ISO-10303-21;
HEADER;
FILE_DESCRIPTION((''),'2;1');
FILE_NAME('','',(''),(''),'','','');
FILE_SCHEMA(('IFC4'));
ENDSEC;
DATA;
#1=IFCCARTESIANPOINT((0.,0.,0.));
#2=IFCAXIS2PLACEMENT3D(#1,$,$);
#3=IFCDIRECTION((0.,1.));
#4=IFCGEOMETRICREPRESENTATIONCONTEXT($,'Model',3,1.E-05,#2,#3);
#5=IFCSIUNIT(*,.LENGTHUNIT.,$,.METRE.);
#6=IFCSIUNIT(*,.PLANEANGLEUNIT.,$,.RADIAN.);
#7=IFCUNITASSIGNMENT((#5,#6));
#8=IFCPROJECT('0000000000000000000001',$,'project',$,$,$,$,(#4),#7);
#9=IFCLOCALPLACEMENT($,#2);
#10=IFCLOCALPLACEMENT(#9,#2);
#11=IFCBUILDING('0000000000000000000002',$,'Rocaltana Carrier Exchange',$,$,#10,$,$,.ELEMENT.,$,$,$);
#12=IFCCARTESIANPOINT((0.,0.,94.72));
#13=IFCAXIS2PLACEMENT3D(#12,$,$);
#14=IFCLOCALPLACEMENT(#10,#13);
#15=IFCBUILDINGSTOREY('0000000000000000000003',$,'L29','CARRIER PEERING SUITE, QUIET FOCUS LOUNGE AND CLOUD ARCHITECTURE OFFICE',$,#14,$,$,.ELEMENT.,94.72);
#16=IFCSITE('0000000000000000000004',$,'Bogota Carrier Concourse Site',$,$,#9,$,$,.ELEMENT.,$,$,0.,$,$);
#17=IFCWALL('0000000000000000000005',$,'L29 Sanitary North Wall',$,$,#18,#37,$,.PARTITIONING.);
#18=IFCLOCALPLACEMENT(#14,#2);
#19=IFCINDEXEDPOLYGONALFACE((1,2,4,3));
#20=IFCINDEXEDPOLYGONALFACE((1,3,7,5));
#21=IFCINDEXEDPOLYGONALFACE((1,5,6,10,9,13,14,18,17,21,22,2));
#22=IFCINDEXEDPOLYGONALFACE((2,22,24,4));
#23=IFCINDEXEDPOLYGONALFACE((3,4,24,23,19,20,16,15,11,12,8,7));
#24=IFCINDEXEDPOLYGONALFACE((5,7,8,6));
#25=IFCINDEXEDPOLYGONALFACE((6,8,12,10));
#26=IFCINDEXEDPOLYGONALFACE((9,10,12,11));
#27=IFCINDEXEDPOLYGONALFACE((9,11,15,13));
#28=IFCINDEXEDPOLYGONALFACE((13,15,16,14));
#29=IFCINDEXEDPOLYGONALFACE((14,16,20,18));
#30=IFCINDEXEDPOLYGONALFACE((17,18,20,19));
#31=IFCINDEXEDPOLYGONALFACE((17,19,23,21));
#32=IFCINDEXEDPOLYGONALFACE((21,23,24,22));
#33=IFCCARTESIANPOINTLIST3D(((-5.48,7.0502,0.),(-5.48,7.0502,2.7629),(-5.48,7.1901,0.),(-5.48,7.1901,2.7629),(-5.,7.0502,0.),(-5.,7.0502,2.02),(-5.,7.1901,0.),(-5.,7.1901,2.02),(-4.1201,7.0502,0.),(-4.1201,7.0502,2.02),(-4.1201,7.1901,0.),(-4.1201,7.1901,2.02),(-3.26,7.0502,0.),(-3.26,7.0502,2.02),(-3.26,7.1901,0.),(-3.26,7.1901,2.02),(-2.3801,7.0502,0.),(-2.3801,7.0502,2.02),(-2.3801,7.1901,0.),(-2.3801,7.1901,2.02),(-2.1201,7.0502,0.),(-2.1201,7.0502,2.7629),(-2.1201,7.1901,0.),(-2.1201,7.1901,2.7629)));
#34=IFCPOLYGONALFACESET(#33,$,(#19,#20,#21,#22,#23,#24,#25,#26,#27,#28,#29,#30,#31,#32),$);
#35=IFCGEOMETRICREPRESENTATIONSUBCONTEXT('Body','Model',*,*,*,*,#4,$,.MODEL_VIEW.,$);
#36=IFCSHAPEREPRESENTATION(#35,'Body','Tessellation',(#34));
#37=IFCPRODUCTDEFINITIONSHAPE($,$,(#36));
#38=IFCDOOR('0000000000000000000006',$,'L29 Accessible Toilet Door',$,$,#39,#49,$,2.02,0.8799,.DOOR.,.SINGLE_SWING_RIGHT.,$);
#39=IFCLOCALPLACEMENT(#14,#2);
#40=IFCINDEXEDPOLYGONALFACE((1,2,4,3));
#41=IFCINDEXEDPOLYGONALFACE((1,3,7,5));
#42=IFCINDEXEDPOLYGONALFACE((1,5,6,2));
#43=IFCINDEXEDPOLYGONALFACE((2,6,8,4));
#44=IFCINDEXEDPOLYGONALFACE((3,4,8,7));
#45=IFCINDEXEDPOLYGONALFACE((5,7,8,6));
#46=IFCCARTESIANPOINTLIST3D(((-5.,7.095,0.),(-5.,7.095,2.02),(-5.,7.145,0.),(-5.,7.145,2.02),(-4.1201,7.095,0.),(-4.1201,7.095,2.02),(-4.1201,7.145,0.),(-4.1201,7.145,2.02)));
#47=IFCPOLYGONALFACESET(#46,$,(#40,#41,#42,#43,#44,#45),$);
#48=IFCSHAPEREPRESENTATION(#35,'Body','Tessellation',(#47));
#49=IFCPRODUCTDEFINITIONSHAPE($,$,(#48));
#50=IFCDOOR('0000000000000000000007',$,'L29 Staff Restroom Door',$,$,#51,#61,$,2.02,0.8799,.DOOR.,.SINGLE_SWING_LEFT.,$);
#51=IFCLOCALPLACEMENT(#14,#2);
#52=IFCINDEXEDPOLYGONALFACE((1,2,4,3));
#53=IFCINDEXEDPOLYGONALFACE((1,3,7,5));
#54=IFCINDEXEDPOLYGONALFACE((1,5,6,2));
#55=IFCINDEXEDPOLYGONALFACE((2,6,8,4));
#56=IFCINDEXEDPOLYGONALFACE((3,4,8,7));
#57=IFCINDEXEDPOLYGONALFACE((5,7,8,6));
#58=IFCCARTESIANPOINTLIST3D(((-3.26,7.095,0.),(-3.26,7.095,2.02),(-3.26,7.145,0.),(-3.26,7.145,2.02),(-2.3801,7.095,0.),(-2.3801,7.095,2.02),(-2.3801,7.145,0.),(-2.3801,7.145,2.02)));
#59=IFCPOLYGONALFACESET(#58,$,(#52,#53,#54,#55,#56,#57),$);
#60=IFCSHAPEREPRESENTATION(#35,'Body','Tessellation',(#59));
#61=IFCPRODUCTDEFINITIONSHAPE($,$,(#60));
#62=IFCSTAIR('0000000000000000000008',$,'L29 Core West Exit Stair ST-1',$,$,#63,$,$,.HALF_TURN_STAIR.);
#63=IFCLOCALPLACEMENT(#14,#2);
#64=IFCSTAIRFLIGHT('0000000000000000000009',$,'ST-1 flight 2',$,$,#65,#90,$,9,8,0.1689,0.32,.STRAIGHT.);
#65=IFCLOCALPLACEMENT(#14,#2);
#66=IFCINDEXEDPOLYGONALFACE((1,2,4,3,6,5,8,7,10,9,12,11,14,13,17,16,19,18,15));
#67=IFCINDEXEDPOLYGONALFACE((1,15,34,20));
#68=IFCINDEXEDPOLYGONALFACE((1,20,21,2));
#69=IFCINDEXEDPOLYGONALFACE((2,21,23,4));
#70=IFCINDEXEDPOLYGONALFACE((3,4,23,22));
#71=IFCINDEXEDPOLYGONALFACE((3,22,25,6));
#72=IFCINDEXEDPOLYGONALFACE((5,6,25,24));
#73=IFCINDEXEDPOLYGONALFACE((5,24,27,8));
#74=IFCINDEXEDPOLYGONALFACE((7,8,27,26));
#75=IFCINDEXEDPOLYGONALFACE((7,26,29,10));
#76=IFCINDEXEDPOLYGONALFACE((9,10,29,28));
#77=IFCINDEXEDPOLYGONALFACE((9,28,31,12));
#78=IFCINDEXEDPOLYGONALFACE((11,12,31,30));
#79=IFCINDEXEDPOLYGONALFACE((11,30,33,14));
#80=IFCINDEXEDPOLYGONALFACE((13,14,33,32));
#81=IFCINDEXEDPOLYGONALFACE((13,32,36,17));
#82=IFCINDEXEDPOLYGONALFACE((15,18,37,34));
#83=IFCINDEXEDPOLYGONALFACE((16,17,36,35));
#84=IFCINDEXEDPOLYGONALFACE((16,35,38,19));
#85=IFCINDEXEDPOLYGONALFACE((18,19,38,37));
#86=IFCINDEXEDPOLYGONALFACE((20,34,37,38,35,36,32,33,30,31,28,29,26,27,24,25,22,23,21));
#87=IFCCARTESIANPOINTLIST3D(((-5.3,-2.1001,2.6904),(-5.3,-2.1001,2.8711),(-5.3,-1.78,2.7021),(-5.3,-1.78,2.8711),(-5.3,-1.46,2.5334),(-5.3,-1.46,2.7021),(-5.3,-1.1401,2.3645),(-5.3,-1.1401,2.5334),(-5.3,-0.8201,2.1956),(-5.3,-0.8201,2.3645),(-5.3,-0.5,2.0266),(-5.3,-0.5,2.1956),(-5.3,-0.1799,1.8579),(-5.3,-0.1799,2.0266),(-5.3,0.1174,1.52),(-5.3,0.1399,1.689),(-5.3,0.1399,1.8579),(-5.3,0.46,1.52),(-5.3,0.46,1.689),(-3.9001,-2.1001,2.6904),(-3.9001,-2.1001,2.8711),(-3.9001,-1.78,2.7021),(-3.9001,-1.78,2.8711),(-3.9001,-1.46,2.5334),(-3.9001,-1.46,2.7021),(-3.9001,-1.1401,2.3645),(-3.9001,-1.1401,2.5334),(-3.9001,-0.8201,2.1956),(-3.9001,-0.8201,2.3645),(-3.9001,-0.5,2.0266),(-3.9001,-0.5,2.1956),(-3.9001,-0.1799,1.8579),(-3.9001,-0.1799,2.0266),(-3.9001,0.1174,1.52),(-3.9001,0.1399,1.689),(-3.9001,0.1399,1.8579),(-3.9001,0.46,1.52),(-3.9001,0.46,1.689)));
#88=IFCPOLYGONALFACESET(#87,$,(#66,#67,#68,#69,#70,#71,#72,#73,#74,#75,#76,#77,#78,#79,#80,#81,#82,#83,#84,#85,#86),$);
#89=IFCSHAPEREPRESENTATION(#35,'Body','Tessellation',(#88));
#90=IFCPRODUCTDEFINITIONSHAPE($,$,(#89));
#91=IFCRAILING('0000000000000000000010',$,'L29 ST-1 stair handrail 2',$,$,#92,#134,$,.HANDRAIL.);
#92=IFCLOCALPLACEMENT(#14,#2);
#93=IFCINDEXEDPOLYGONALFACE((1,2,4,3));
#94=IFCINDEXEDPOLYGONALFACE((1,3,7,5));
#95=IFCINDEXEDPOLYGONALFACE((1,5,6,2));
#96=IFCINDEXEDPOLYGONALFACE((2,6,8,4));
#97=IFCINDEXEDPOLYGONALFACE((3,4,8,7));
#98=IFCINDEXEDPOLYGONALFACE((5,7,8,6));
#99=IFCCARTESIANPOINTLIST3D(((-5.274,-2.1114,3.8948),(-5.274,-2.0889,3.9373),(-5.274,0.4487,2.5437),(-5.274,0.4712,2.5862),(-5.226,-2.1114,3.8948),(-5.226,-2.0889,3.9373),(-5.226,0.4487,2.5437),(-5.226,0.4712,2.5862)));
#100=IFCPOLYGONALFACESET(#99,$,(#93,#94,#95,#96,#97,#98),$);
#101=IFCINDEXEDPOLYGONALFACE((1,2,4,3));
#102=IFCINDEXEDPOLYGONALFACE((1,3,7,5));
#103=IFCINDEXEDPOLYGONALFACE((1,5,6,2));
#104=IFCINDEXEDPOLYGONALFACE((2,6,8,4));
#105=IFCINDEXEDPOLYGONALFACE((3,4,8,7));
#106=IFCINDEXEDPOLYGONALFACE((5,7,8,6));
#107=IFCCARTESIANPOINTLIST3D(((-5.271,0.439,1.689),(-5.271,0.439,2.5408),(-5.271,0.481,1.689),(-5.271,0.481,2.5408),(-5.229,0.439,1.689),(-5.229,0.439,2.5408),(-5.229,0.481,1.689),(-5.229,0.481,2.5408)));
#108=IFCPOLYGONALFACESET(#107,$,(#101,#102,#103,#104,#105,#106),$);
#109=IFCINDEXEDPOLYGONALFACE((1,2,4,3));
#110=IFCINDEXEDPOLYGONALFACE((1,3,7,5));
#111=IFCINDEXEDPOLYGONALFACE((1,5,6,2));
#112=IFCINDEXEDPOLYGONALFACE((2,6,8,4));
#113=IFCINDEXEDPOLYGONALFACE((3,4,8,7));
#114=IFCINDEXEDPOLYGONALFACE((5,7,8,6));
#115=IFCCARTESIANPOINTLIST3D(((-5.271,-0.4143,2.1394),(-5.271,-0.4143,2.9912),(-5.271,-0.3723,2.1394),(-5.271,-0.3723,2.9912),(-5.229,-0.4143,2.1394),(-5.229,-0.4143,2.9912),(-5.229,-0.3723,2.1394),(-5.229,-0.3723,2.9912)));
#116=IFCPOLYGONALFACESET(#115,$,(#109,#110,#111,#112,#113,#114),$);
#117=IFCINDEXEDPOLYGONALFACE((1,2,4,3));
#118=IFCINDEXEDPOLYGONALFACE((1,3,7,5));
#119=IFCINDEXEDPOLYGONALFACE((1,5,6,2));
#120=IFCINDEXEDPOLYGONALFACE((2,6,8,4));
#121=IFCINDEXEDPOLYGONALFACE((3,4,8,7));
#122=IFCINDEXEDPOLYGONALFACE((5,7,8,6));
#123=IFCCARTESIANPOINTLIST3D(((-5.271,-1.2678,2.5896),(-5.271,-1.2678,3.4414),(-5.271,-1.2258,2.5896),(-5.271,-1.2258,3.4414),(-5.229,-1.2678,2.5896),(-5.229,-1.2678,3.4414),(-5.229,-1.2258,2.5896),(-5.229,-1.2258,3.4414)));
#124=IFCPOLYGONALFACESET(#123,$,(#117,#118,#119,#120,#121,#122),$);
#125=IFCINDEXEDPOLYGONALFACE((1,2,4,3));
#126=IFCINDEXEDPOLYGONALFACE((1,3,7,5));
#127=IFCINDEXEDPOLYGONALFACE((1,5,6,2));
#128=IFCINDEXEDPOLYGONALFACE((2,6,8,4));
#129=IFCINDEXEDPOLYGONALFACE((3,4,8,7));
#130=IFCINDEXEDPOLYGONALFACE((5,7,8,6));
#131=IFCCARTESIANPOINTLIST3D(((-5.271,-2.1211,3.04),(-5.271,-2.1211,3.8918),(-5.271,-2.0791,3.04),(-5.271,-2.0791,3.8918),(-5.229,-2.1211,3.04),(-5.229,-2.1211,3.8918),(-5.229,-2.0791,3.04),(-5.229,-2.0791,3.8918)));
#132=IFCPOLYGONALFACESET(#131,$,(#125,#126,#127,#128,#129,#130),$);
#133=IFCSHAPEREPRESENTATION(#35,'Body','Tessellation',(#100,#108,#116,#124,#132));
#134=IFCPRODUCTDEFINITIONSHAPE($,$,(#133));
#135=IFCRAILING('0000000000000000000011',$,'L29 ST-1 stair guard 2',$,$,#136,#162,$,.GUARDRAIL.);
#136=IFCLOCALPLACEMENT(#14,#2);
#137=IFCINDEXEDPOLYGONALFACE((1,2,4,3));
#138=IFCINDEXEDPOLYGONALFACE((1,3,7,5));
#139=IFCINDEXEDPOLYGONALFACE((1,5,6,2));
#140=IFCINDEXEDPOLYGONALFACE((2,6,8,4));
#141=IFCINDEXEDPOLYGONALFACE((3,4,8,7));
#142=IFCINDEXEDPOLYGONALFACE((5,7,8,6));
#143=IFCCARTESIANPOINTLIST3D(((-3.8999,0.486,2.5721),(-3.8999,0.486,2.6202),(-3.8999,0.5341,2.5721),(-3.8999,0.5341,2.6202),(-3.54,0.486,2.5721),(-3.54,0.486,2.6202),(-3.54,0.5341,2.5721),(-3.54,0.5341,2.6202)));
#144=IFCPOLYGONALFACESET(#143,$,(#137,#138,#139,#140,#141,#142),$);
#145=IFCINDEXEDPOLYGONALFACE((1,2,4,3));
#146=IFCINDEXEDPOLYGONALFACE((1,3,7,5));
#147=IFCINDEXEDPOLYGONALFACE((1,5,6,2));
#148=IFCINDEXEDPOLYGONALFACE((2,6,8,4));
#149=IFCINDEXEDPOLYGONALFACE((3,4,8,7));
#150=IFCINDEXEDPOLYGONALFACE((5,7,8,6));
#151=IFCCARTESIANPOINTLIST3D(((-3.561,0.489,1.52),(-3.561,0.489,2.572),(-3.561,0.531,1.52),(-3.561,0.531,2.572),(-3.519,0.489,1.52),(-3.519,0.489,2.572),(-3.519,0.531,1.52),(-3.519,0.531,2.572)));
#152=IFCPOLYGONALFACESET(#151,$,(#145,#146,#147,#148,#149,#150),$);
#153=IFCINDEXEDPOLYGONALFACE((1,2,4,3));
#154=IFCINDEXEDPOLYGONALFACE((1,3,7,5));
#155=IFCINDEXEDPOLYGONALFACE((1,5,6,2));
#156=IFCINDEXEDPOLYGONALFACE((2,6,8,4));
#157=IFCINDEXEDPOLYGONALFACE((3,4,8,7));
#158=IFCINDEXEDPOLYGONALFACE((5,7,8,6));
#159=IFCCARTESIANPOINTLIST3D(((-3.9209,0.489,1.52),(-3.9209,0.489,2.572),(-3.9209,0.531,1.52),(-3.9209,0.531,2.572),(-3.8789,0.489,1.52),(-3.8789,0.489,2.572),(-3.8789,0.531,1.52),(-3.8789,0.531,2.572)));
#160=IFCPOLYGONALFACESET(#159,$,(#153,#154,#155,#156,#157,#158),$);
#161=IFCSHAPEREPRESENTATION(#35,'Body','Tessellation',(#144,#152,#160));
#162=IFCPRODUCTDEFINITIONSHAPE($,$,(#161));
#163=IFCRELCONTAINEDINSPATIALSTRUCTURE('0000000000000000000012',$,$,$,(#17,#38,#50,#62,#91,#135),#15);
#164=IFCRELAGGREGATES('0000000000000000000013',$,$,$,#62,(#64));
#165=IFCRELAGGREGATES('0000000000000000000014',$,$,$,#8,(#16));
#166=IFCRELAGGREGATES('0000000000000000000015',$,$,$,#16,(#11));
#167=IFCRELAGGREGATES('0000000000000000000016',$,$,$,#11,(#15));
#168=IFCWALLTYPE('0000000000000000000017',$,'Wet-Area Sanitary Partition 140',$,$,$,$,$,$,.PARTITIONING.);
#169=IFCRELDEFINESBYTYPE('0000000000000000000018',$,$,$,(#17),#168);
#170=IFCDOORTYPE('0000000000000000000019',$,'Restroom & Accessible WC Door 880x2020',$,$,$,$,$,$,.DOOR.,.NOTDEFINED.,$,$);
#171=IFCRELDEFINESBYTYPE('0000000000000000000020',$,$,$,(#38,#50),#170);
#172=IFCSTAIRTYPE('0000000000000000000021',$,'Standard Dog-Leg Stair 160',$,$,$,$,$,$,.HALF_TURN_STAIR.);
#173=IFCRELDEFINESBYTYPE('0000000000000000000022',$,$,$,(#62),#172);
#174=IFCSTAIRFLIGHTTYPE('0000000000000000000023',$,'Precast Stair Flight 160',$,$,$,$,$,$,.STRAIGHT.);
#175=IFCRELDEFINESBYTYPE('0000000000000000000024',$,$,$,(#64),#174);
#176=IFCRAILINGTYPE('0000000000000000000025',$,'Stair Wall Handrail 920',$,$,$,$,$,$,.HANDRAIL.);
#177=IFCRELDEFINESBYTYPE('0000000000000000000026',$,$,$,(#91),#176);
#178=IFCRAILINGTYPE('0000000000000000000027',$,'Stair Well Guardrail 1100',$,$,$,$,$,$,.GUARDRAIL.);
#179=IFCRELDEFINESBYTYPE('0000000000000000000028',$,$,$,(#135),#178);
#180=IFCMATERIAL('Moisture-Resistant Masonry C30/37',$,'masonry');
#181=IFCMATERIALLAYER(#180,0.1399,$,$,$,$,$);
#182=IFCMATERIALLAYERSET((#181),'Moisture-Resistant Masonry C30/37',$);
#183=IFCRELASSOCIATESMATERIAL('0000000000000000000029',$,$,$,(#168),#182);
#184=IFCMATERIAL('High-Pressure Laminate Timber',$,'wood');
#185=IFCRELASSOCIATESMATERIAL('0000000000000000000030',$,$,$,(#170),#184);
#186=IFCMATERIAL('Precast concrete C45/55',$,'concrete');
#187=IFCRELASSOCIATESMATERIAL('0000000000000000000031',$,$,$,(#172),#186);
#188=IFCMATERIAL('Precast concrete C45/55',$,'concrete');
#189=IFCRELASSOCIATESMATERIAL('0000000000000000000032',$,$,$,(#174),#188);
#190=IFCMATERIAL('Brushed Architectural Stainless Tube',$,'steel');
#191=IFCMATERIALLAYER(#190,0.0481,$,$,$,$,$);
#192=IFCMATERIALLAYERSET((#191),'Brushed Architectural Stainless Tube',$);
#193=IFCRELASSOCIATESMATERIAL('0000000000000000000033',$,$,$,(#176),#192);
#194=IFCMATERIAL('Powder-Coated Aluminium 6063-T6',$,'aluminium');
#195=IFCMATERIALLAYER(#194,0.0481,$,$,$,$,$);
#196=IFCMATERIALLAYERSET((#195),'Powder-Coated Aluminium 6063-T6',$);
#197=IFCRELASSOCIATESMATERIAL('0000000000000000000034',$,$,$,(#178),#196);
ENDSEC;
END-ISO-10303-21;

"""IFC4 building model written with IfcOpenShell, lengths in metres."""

from ifc_helpers import new_model, si_unit, direction, frame, frame_2d, origin, origin_2d, place, context, subcontext, project, spatial, polyline, rectangle, outline, extrude, material, layer, layer_set, type_object, element, fill, aggregate, save


model = new_model("IFC4")

# Units and contexts
model_context = context("Model", 3, precision=1e-05, world=origin(), true_north=direction((0.0, 1.0)))
body_context = subcontext(model_context, "Body", "Model", "MODEL_VIEW")
ifc_project = project(units=[si_unit("LENGTHUNIT", "METRE"), si_unit("PLANEANGLEUNIT", "RADIAN")], contexts=[model_context])

# Site, building, storey
site_placement = place(None, origin())
site = spatial("IfcSite", under=ifc_project, at=site_placement, Name="Bogota Carrier Concourse Site", CompositionType="ELEMENT", RefElevation=0.0)
building_placement = place(site_placement, origin())
building = spatial("IfcBuilding", under=site, at=building_placement, Name="Rocaltana Carrier Exchange", CompositionType="ELEMENT")
storey_placement = place(building_placement, frame((0.0, 0.0, 94.72)))
storey = spatial("IfcBuildingStorey", under=building, at=storey_placement, Name="L29", Description="CARRIER PEERING SUITE, QUIET FOCUS LOUNGE AND CLOUD ARCHITECTURE OFFICE", CompositionType="ELEMENT", Elevation=94.72)

# Shared definitions
ifc_material_1 = material(Name="Moisture-Resistant Masonry C30/37", Category="masonry")
ifc_layer_1 = layer(ifc_material_1, 0.1399)
ifc_layer_set_1 = layer_set([ifc_layer_1], Name="Moisture-Resistant Masonry C30/37")
wall_type_1 = type_object("IfcWallType", Name="Wet-Area Sanitary Partition 140", PredefinedType="PARTITIONING", material=ifc_layer_set_1)

# Wall, openings, doors
wall_1_placement = place(storey_placement, frame((-5.48, 7.1201, 0.0), z_axis=(0.0, 0.0, 1.0), x_axis=(1.0, 0.0, 0.0)))
wall_1 = element("IfcWall", 1, at=wall_1_placement, inside=storey, type_object=wall_type_1, Name="L29 Sanitary North Wall", PredefinedType="PARTITIONING", context=body_context, shape_type="SweptSolid", body=[
    extrude(rectangle(XDim=3.3599, YDim=0.1399, at=frame_2d((1.6799, 0.0))), origin(), (0.0, 0.0, 1.0), 2.7629),
])
opening_1_placement = place(wall_1_placement, frame((0.48, 0.0, 0.0)))
opening_1 = element("IfcOpeningElement", 2, at=opening_1_placement, cuts=wall_1, PredefinedType="OPENING", context=body_context, shape_type="SweptSolid", body=[
    extrude(rectangle(XDim=0.8799, YDim=2.02, at=frame_2d((0.4399, 1.01))), frame((0.0, 0.0798, 0.0), z_axis=(0.0, -1.0, 0.0), x_axis=(1.0, 0.0, 0.0)), (0.0, 0.0, 1.0), 0.1599),
])
opening_2_placement = place(wall_1_placement, frame((2.22, 0.0, 0.0)))
opening_2 = element("IfcOpeningElement", 3, at=opening_2_placement, cuts=wall_1, PredefinedType="OPENING", context=body_context, shape_type="SweptSolid", body=[
    extrude(rectangle(XDim=0.8799, YDim=2.02, at=frame_2d((0.4399, 1.01))), frame((0.0, 0.0798, 0.0), z_axis=(0.0, -1.0, 0.0), x_axis=(1.0, 0.0, 0.0)), (0.0, 0.0, 1.0), 0.1599),
])
ifc_material_2 = material(Name="High-Pressure Laminate Timber", Category="wood")
door_type = type_object("IfcDoorType", Name="Restroom & Accessible WC Door 880x2020", OperationType="NOTDEFINED", PredefinedType="DOOR", material=ifc_material_2)
door_1_placement = place(opening_1_placement, origin())
door_1 = element("IfcDoor", 4, at=door_1_placement, inside=storey, type_object=door_type, Name="L29 Accessible Toilet Door", OperationType="SINGLE_SWING_RIGHT", OverallHeight=2.02, OverallWidth=0.8799, PredefinedType="DOOR", context=body_context, shape_type="SweptSolid", body=[
    extrude(rectangle(XDim=0.8799, YDim=2.02, at=frame_2d((0.4399, 1.01))), frame((0.0, 0.0249, 0.0), z_axis=(0.0, -1.0, 0.0), x_axis=(1.0, 0.0, 0.0)), (0.0, 0.0, 1.0), 0.05),
])
fill(opening_1, door_1)
door_2_placement = place(opening_2_placement, origin())
door_2 = element("IfcDoor", 5, at=door_2_placement, inside=storey, type_object=door_type, Name="L29 Staff Restroom Door", OperationType="SINGLE_SWING_LEFT", OverallHeight=2.02, OverallWidth=0.8799, PredefinedType="DOOR", context=body_context, shape_type="SweptSolid", body=[
    extrude(rectangle(XDim=0.8799, YDim=2.02, at=frame_2d((0.4399, 1.01))), frame((0.0, 0.0249, 0.0), z_axis=(0.0, -1.0, 0.0), x_axis=(1.0, 0.0, 0.0)), (0.0, 0.0, 1.0), 0.05),
])
fill(opening_2, door_2)

# Stair, stair flight
ifc_material_3 = material(Name="Precast concrete C45/55", Category="concrete")
stair_type = type_object("IfcStairType", Name="Standard Dog-Leg Stair 160", PredefinedType="HALF_TURN_STAIR", material=ifc_material_3)
stair_placement = place(storey_placement, origin())
stair = element("IfcStair", 6, at=stair_placement, inside=storey, type_object=stair_type, Name="L29 Core West Exit Stair ST-1", PredefinedType="HALF_TURN_STAIR")
ifc_material_4 = material(Name="Precast concrete C45/55", Category="concrete")
stair_flight_type = type_object("IfcStairFlightType", Name="Precast Stair Flight 160", PredefinedType="STRAIGHT", material=ifc_material_4)
stair_flight_placement = place(storey_placement, frame((-4.6001, 0.46, 1.52), z_axis=(0.0, 0.0, 1.0), x_axis=(0.0, -1.0, 0.0)))
stair_flight = element("IfcStairFlight", 7, at=stair_flight_placement, type_object=stair_flight_type, Name="ST-1 flight 2", NumberOfRisers=9, NumberOfTreads=8, PredefinedType="STRAIGHT", RiserHeight=0.1689, TreadLength=0.32, context=body_context, shape_type="SweptSolid", body=[
    extrude(outline(polyline([(0.0, 0.0), (0.0, 0.1689), (0.3201, 0.1689), (0.3201, 0.3379), (0.6399, 0.3379), (0.6399, 0.5066), (0.96, 0.5066), (0.96, 0.6755), (1.28, 0.6755), (1.28, 0.8445), (1.6001, 0.8445), (1.6001, 1.0134), (1.9199, 1.0134), (1.9199, 1.1821), (2.24, 1.1821), (2.24, 1.3511), (2.5601, 1.3511), (2.5601, 1.52), (2.5601, 1.1704), (0.3425, 0.0), (0.0, 0.0)])), frame((0.0, 0.7, 0.0), z_axis=(0.0, -1.0, 0.0), x_axis=(1.0, 0.0, 0.0)), (0.0, 0.0, 1.0), 1.3999),
])
aggregate(stair, [stair_flight])

# Railings
ifc_material_5 = material(Name="Brushed Architectural Stainless Tube", Category="steel")
ifc_layer_2 = layer(ifc_material_5, 0.0481)
ifc_layer_set_2 = layer_set([ifc_layer_2], Name="Brushed Architectural Stainless Tube")
railing_type_1 = type_object("IfcRailingType", Name="Stair Wall Handrail 920", PredefinedType="HANDRAIL", material=ifc_layer_set_2)
railing_1_placement = place(storey_placement, frame((-5.25, 0.46, 1.689)))
element("IfcRailing", 8, at=railing_1_placement, inside=storey, type_object=railing_type_1, Name="L29 ST-1 stair handrail 2", PredefinedType="HANDRAIL", context=body_context, shape_type="SweptSolid", body=[
    extrude(rectangle(XDim=0.0481, YDim=0.0481, at=origin_2d()), frame((0.0, 0.0, 0.876), z_axis=(0.0, -0.884394, 0.46674), x_axis=(1.0, 0.0, 0.0)), (0.0, 0.0, 1.0), 2.8948),
    extrude(rectangle(XDim=0.042, YDim=0.042, at=origin_2d()), origin(), (0.0, 0.0, 1.0), 0.8518),
    extrude(rectangle(XDim=0.042, YDim=0.042, at=origin_2d()), frame((0.0, -0.8533, 0.4504)), (0.0, 0.0, 1.0), 0.8518),
    extrude(rectangle(XDim=0.042, YDim=0.042, at=origin_2d()), frame((0.0, -1.7068, 0.9006)), (0.0, 0.0, 1.0), 0.8518),
    extrude(rectangle(XDim=0.042, YDim=0.042, at=origin_2d()), frame((0.0, -2.5601, 1.3511)), (0.0, 0.0, 1.0), 0.8518),
])
ifc_material_6 = material(Name="Powder-Coated Aluminium 6063-T6", Category="aluminium")
ifc_layer_3 = layer(ifc_material_6, 0.0481)
ifc_layer_set_3 = layer_set([ifc_layer_3], Name="Powder-Coated Aluminium 6063-T6")
railing_type_2 = type_object("IfcRailingType", Name="Stair Well Guardrail 1100", PredefinedType="GUARDRAIL", material=ifc_layer_set_3)
railing_2_placement = place(storey_placement, frame((-3.54, 0.51, 1.52)))
element("IfcRailing", 9, at=railing_2_placement, inside=storey, type_object=railing_type_2, Name="L29 ST-1 stair guard 2", PredefinedType="GUARDRAIL", context=body_context, shape_type="SweptSolid", body=[
    extrude(rectangle(XDim=0.0481, YDim=0.0481, at=origin_2d()), frame((0.0, 0.0, 1.0762), z_axis=(-1.0, 0.0, 0.0), x_axis=(0.0, -1.0, 0.0)), (0.0, 0.0, 1.0), 0.3599),
    extrude(rectangle(XDim=0.042, YDim=0.042, at=origin_2d()), origin(), (0.0, 0.0, 1.0), 1.052),
    extrude(rectangle(XDim=0.042, YDim=0.042, at=origin_2d()), frame((-0.3599, 0.0, 0.0)), (0.0, 0.0, 1.0), 1.052),
])

save(model, "model.ifc")
